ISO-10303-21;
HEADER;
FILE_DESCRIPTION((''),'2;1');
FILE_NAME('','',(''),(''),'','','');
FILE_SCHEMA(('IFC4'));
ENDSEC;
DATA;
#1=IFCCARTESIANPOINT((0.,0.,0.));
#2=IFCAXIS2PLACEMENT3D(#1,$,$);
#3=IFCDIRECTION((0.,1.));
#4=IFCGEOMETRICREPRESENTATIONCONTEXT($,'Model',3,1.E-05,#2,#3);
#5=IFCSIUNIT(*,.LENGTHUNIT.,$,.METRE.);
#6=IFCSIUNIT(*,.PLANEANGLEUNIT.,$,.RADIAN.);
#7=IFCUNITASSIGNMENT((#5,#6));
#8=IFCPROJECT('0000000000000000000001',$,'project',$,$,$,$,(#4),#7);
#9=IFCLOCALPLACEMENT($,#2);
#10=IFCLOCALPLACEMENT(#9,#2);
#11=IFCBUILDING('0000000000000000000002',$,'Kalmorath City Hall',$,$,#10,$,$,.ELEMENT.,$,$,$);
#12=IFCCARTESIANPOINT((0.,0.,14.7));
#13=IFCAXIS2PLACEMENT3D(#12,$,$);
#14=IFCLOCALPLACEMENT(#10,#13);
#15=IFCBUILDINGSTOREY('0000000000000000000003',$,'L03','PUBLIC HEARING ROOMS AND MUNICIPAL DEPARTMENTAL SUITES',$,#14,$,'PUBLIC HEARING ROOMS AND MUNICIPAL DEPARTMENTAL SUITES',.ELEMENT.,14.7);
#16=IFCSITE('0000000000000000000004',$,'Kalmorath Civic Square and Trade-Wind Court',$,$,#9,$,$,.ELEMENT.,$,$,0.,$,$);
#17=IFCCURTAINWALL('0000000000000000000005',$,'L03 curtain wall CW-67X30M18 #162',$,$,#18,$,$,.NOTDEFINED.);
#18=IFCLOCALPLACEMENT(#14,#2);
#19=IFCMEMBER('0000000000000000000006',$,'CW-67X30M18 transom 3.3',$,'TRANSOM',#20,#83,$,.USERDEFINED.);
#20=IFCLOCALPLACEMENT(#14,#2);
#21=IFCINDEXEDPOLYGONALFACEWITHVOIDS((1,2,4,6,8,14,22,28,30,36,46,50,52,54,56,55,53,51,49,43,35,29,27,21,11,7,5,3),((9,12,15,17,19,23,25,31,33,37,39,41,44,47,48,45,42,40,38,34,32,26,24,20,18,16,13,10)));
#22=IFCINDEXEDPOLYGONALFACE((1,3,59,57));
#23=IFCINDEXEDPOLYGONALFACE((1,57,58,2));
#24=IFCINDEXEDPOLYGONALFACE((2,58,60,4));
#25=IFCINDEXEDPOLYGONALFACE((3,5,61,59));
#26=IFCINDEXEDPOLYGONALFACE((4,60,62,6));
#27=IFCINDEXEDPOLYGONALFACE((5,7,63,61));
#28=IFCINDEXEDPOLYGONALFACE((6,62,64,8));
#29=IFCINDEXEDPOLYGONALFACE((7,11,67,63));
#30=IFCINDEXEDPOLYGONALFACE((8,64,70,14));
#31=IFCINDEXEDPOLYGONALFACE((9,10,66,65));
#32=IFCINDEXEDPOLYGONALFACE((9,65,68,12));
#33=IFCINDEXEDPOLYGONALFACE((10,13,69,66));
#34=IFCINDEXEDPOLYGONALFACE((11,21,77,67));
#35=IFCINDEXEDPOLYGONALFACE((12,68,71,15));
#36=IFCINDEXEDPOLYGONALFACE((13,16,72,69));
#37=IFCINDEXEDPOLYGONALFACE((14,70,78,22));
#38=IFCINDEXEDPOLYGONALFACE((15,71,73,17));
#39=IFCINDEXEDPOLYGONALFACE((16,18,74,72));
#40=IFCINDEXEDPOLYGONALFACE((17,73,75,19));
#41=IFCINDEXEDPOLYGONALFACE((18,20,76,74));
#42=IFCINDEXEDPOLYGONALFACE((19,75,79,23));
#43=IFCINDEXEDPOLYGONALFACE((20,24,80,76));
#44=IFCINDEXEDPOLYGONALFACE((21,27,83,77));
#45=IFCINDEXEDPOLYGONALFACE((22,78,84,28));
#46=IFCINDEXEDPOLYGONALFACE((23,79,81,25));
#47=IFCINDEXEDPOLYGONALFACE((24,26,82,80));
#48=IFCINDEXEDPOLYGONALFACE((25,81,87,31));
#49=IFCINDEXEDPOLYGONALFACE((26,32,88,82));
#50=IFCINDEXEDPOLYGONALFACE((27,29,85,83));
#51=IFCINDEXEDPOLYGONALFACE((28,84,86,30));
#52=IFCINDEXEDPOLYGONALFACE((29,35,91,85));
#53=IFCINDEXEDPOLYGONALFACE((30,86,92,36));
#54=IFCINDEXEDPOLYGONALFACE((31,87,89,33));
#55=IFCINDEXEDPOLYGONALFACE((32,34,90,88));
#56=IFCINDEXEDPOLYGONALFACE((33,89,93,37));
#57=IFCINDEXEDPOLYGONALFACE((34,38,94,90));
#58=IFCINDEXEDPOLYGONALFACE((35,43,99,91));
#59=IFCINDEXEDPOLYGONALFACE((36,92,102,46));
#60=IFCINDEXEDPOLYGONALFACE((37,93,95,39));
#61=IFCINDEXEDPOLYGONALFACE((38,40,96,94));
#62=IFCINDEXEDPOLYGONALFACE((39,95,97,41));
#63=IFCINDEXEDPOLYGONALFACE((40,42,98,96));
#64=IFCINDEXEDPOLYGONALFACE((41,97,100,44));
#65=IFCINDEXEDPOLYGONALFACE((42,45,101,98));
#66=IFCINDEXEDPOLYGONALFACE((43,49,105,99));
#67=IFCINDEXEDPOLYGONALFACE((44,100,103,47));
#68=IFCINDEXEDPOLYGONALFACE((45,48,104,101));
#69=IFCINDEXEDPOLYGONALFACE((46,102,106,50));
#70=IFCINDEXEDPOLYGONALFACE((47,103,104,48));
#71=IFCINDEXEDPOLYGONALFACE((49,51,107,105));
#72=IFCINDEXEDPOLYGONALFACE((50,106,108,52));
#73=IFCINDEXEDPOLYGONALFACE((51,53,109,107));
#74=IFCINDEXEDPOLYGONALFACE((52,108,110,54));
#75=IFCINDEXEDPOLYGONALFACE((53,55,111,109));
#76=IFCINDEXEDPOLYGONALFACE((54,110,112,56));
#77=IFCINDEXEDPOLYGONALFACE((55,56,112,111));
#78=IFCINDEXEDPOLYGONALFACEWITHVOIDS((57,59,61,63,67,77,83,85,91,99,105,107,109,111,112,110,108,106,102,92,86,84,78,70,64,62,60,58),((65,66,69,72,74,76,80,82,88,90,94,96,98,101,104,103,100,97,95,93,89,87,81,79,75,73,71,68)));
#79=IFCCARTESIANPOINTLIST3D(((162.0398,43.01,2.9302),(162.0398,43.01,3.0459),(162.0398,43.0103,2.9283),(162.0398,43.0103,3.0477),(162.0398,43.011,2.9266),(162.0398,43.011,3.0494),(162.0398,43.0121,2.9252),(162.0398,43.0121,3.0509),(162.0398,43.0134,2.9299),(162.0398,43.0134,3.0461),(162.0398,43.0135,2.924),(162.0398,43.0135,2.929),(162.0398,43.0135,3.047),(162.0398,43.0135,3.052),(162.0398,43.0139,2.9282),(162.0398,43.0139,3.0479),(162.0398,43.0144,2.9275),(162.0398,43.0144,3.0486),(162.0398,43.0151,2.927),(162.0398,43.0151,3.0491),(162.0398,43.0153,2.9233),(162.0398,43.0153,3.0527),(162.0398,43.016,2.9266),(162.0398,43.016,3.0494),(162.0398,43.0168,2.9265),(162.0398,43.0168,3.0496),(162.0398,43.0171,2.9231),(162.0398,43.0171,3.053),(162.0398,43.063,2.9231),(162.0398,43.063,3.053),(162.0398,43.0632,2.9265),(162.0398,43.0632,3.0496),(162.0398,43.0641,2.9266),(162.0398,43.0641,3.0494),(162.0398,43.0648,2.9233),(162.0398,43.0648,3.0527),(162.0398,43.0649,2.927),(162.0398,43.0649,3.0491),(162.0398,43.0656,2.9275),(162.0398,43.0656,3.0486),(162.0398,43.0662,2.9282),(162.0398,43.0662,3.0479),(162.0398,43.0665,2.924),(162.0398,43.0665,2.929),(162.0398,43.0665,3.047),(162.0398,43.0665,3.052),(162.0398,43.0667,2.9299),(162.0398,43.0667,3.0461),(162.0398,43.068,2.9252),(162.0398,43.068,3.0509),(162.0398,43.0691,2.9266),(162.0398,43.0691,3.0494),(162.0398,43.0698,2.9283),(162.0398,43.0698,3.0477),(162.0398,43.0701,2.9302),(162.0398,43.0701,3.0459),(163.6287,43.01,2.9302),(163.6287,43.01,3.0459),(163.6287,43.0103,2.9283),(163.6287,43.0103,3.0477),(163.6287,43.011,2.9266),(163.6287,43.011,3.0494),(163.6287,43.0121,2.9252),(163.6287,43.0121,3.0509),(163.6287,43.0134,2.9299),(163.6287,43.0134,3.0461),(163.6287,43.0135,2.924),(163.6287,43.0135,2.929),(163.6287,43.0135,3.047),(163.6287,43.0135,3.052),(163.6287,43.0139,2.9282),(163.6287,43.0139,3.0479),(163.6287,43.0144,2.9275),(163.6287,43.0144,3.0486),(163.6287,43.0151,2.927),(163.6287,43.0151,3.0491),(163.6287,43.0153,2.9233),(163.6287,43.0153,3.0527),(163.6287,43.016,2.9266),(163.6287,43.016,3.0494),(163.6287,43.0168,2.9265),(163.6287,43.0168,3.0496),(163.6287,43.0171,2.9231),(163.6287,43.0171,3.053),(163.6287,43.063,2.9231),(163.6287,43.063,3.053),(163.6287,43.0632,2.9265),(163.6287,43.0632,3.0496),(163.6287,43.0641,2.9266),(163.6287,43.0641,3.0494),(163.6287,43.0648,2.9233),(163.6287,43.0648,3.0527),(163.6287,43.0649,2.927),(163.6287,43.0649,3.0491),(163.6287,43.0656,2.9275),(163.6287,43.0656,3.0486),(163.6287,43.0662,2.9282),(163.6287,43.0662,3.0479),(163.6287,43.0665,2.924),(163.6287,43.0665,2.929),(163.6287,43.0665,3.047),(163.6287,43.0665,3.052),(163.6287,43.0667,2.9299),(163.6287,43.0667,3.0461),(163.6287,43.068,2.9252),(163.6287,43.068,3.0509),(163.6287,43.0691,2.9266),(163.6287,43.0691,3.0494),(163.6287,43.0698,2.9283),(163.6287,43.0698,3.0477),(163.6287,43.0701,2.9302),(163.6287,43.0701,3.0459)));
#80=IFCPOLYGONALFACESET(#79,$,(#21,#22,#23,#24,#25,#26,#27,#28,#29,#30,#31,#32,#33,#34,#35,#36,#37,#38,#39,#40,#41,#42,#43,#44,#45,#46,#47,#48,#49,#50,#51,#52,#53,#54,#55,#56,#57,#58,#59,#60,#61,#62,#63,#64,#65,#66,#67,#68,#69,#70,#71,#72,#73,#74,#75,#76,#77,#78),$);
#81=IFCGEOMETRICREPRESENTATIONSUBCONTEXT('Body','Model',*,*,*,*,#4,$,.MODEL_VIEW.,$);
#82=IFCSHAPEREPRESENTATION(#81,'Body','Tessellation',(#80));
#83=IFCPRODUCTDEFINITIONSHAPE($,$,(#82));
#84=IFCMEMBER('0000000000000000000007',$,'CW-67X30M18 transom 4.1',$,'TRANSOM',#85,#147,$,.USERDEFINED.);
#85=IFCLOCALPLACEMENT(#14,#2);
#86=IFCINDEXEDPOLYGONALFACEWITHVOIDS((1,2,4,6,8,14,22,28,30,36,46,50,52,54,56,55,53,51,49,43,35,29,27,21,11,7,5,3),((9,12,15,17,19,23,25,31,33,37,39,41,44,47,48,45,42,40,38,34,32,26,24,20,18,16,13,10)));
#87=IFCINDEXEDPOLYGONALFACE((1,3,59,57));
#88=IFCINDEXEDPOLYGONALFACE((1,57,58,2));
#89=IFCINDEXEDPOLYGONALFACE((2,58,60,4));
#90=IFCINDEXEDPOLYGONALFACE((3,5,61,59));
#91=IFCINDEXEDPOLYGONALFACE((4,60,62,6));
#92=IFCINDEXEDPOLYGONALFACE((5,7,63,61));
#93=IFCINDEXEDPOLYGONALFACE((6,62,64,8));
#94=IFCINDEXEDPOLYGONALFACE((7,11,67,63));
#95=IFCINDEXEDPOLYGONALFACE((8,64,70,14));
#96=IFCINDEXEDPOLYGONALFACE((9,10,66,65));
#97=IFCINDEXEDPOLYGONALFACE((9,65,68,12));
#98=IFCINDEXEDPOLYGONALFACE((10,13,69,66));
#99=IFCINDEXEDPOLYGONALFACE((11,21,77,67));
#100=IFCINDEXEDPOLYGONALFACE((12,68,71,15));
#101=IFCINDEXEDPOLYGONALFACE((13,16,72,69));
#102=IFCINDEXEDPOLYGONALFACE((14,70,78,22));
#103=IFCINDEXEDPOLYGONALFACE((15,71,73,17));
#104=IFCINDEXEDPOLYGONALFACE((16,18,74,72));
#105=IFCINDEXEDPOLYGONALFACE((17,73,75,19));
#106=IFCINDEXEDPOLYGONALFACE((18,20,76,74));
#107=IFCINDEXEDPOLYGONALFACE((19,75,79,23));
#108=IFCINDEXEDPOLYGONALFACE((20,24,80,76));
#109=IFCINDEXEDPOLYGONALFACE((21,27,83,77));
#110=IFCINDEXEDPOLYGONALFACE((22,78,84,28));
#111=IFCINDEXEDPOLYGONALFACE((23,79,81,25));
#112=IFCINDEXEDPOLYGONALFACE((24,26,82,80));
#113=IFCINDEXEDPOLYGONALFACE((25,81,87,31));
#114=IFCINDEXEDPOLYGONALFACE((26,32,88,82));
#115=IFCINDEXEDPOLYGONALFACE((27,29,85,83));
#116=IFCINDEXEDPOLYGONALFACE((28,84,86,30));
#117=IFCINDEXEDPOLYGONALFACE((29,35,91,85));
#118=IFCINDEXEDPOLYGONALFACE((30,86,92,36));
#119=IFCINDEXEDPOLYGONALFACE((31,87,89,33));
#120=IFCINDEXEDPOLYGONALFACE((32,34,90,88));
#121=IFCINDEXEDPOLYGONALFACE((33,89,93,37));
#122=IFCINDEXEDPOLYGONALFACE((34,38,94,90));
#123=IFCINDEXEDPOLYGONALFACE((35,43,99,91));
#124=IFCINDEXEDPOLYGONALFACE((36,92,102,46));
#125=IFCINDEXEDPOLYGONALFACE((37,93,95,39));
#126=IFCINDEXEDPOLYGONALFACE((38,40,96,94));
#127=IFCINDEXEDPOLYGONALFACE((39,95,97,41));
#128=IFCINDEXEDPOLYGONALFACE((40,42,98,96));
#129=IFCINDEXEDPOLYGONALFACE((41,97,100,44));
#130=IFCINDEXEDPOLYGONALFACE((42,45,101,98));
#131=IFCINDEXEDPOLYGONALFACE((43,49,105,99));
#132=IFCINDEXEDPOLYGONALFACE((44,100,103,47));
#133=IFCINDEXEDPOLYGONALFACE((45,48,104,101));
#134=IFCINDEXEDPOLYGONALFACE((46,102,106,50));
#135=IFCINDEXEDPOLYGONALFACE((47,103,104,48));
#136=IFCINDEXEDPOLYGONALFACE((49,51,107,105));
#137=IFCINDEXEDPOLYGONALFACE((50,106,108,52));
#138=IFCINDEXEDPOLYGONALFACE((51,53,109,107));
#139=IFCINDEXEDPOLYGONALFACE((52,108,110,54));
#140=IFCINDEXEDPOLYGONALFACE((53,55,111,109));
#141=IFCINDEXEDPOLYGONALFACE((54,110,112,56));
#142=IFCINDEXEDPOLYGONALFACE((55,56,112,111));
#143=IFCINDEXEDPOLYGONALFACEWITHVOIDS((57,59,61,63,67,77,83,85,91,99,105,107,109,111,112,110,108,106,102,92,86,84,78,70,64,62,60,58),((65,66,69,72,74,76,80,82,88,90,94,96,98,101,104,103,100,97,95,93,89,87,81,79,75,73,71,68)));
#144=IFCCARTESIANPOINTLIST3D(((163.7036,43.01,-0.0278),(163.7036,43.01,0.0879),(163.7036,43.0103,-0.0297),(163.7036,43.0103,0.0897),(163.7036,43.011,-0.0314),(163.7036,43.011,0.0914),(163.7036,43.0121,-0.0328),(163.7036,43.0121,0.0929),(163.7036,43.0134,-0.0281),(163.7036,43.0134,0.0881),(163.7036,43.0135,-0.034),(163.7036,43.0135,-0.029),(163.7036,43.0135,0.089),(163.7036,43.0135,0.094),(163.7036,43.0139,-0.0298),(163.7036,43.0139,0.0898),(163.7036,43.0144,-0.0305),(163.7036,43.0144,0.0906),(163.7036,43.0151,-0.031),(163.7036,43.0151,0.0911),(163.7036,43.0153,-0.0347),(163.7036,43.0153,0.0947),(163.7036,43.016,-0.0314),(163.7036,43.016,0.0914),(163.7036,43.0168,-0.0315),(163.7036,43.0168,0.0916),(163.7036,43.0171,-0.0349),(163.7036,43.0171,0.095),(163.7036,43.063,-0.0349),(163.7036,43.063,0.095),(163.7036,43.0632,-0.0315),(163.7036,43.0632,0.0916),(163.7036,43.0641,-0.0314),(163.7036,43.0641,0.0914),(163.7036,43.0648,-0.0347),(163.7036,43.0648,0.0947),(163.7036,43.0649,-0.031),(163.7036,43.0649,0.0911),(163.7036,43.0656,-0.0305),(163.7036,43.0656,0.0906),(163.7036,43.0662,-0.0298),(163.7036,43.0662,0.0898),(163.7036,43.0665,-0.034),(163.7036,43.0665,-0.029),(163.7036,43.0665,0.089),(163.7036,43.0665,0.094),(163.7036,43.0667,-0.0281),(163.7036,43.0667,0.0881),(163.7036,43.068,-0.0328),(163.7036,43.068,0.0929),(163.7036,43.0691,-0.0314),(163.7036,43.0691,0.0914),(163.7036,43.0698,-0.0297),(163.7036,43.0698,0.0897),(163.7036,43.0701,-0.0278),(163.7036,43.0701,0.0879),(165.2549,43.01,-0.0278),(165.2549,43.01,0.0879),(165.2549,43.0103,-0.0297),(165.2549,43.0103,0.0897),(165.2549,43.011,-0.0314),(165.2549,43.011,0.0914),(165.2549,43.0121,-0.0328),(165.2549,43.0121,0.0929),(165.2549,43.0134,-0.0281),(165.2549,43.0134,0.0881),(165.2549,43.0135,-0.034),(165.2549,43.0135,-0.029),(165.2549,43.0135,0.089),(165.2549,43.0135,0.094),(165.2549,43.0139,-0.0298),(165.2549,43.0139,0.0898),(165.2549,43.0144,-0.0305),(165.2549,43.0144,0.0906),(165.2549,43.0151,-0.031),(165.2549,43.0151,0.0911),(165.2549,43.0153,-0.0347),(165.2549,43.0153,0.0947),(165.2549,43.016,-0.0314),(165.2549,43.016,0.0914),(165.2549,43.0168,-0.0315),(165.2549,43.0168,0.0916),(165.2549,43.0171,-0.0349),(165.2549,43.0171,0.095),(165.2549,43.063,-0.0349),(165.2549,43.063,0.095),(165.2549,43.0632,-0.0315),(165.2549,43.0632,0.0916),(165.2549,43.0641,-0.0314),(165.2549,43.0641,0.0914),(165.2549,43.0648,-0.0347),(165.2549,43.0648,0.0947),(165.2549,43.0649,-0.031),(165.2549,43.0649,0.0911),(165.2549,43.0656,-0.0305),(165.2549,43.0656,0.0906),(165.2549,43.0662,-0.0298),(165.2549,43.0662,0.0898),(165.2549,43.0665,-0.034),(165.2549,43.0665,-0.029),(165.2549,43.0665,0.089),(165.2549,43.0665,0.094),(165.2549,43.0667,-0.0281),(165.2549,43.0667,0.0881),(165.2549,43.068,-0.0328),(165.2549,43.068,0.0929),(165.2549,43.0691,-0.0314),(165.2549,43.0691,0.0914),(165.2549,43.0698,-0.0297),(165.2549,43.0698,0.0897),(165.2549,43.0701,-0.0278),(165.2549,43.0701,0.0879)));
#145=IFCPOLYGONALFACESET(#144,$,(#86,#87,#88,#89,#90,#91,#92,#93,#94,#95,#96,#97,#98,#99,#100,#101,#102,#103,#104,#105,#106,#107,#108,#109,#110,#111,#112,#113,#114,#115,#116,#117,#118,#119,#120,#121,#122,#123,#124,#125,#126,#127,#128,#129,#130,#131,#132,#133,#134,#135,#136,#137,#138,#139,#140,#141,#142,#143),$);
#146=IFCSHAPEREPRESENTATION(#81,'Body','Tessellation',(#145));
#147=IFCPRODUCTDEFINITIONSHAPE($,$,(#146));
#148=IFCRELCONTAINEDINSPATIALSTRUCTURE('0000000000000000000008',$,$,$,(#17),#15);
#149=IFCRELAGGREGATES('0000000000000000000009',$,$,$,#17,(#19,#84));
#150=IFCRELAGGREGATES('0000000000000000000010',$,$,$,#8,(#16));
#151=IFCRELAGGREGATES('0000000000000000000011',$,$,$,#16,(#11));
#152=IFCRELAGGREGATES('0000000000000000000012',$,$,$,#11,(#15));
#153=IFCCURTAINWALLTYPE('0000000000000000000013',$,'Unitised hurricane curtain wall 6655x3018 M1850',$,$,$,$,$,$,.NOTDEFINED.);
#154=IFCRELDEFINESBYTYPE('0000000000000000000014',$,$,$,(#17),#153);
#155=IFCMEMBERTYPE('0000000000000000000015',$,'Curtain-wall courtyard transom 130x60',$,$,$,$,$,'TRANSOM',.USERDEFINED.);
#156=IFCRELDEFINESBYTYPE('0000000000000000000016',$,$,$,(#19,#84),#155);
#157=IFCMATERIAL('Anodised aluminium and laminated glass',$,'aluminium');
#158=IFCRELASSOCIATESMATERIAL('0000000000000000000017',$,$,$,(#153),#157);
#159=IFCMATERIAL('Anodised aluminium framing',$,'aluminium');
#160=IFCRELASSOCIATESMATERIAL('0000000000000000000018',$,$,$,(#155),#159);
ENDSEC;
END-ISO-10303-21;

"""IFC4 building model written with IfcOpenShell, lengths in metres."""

from ifc_helpers import new_model, si_unit, direction, frame, origin, origin_2d, place, context, subcontext, project, spatial, hollow_rectangle, extrude, material, material_profile, profile_set, type_object, element, aggregate, save


model = new_model("IFC4")

# Units and contexts
model_context = context("Model", 3, precision=1e-05, world=origin(), true_north=direction((0.0, 1.0)))
body_context = subcontext(model_context, "Body", "Model", "MODEL_VIEW")
ifc_project = project(units=[si_unit("LENGTHUNIT", "METRE"), si_unit("PLANEANGLEUNIT", "RADIAN")], contexts=[model_context])

# Site, building, storey
site_placement = place(None, origin())
site = spatial("IfcSite", under=ifc_project, at=site_placement, Name="Kalmorath Civic Square and Trade-Wind Court", CompositionType="ELEMENT", RefElevation=0.0)
building_placement = place(site_placement, origin())
building = spatial("IfcBuilding", under=site, at=building_placement, Name="Kalmorath City Hall", CompositionType="ELEMENT")
storey_placement = place(building_placement, frame((0.0, 0.0, 14.7)))
storey = spatial("IfcBuildingStorey", under=building, at=storey_placement, Name="L03", Description="PUBLIC HEARING ROOMS AND MUNICIPAL DEPARTMENTAL SUITES", LongName="PUBLIC HEARING ROOMS AND MUNICIPAL DEPARTMENTAL SUITES", CompositionType="ELEMENT", Elevation=14.7)

# Curtain wall, members
ifc_material_1 = material(Name="Anodised aluminium and laminated glass", Category="aluminium")
curtain_wall_type = type_object("IfcCurtainWallType", Name="Unitised hurricane curtain wall 6655x3018 M1850", PredefinedType="NOTDEFINED", material=ifc_material_1)
curtain_wall_placement = place(storey_placement, origin())
curtain_wall = element("IfcCurtainWall", 1, at=curtain_wall_placement, inside=storey, type_object=curtain_wall_type, Name="L03 curtain wall CW-67X30M18 #162", PredefinedType="NOTDEFINED")
ifc_material_2 = material(Name="Anodised aluminium framing", Category="aluminium")
ifc_material_profile_1 = material_profile(ifc_material_2, hollow_rectangle(XDim=0.0601, YDim=0.1299, WallThickness=0.0034, InnerFilletRadius=0.0034, OuterFilletRadius=0.0071, at=origin_2d()), Name="ALU-TRN-130X60X3.5")
ifc_profile_set_1 = profile_set([ifc_material_profile_1], Name="Anodised aluminium framing")
member_type_1 = type_object("IfcMemberType", Name="Curtain-wall courtyard transom 130x60", ElementType="TRANSOM", PredefinedType="USERDEFINED", material=ifc_profile_set_1)
member_1_placement = place(storey_placement, frame((162.0398, 43.04, 2.988), z_axis=(1.0, 0.0, 0.0), x_axis=(0.0, 1.0, 0.0)))
member_1 = element("IfcMember", 2, at=member_1_placement, type_object=member_type_1, Name="CW-67X30M18 transom 3.3", ObjectType="TRANSOM", PredefinedType="USERDEFINED", context=body_context, shape_type="SweptSolid", body=[
    extrude(hollow_rectangle(XDim=0.0601, YDim=0.1299, WallThickness=0.0034, InnerFilletRadius=0.0034, OuterFilletRadius=0.0071, at=origin_2d()), origin(), (0.0, 0.0, 1.0), 1.5889),
])
member_2_placement = place(storey_placement, frame((163.7036, 43.04, 0.03), z_axis=(1.0, 0.0, 0.0), x_axis=(0.0, 1.0, 0.0)))
member_2 = element("IfcMember", 3, at=member_2_placement, type_object=member_type_1, Name="CW-67X30M18 transom 4.1", ObjectType="TRANSOM", PredefinedType="USERDEFINED", context=body_context, shape_type="SweptSolid", body=[
    extrude(hollow_rectangle(XDim=0.0601, YDim=0.1299, WallThickness=0.0034, InnerFilletRadius=0.0034, OuterFilletRadius=0.0071, at=origin_2d()), origin(), (0.0, 0.0, 1.0), 1.5513),
])
aggregate(curtain_wall, [member_1, member_2])

save(model, "model.ifc")
